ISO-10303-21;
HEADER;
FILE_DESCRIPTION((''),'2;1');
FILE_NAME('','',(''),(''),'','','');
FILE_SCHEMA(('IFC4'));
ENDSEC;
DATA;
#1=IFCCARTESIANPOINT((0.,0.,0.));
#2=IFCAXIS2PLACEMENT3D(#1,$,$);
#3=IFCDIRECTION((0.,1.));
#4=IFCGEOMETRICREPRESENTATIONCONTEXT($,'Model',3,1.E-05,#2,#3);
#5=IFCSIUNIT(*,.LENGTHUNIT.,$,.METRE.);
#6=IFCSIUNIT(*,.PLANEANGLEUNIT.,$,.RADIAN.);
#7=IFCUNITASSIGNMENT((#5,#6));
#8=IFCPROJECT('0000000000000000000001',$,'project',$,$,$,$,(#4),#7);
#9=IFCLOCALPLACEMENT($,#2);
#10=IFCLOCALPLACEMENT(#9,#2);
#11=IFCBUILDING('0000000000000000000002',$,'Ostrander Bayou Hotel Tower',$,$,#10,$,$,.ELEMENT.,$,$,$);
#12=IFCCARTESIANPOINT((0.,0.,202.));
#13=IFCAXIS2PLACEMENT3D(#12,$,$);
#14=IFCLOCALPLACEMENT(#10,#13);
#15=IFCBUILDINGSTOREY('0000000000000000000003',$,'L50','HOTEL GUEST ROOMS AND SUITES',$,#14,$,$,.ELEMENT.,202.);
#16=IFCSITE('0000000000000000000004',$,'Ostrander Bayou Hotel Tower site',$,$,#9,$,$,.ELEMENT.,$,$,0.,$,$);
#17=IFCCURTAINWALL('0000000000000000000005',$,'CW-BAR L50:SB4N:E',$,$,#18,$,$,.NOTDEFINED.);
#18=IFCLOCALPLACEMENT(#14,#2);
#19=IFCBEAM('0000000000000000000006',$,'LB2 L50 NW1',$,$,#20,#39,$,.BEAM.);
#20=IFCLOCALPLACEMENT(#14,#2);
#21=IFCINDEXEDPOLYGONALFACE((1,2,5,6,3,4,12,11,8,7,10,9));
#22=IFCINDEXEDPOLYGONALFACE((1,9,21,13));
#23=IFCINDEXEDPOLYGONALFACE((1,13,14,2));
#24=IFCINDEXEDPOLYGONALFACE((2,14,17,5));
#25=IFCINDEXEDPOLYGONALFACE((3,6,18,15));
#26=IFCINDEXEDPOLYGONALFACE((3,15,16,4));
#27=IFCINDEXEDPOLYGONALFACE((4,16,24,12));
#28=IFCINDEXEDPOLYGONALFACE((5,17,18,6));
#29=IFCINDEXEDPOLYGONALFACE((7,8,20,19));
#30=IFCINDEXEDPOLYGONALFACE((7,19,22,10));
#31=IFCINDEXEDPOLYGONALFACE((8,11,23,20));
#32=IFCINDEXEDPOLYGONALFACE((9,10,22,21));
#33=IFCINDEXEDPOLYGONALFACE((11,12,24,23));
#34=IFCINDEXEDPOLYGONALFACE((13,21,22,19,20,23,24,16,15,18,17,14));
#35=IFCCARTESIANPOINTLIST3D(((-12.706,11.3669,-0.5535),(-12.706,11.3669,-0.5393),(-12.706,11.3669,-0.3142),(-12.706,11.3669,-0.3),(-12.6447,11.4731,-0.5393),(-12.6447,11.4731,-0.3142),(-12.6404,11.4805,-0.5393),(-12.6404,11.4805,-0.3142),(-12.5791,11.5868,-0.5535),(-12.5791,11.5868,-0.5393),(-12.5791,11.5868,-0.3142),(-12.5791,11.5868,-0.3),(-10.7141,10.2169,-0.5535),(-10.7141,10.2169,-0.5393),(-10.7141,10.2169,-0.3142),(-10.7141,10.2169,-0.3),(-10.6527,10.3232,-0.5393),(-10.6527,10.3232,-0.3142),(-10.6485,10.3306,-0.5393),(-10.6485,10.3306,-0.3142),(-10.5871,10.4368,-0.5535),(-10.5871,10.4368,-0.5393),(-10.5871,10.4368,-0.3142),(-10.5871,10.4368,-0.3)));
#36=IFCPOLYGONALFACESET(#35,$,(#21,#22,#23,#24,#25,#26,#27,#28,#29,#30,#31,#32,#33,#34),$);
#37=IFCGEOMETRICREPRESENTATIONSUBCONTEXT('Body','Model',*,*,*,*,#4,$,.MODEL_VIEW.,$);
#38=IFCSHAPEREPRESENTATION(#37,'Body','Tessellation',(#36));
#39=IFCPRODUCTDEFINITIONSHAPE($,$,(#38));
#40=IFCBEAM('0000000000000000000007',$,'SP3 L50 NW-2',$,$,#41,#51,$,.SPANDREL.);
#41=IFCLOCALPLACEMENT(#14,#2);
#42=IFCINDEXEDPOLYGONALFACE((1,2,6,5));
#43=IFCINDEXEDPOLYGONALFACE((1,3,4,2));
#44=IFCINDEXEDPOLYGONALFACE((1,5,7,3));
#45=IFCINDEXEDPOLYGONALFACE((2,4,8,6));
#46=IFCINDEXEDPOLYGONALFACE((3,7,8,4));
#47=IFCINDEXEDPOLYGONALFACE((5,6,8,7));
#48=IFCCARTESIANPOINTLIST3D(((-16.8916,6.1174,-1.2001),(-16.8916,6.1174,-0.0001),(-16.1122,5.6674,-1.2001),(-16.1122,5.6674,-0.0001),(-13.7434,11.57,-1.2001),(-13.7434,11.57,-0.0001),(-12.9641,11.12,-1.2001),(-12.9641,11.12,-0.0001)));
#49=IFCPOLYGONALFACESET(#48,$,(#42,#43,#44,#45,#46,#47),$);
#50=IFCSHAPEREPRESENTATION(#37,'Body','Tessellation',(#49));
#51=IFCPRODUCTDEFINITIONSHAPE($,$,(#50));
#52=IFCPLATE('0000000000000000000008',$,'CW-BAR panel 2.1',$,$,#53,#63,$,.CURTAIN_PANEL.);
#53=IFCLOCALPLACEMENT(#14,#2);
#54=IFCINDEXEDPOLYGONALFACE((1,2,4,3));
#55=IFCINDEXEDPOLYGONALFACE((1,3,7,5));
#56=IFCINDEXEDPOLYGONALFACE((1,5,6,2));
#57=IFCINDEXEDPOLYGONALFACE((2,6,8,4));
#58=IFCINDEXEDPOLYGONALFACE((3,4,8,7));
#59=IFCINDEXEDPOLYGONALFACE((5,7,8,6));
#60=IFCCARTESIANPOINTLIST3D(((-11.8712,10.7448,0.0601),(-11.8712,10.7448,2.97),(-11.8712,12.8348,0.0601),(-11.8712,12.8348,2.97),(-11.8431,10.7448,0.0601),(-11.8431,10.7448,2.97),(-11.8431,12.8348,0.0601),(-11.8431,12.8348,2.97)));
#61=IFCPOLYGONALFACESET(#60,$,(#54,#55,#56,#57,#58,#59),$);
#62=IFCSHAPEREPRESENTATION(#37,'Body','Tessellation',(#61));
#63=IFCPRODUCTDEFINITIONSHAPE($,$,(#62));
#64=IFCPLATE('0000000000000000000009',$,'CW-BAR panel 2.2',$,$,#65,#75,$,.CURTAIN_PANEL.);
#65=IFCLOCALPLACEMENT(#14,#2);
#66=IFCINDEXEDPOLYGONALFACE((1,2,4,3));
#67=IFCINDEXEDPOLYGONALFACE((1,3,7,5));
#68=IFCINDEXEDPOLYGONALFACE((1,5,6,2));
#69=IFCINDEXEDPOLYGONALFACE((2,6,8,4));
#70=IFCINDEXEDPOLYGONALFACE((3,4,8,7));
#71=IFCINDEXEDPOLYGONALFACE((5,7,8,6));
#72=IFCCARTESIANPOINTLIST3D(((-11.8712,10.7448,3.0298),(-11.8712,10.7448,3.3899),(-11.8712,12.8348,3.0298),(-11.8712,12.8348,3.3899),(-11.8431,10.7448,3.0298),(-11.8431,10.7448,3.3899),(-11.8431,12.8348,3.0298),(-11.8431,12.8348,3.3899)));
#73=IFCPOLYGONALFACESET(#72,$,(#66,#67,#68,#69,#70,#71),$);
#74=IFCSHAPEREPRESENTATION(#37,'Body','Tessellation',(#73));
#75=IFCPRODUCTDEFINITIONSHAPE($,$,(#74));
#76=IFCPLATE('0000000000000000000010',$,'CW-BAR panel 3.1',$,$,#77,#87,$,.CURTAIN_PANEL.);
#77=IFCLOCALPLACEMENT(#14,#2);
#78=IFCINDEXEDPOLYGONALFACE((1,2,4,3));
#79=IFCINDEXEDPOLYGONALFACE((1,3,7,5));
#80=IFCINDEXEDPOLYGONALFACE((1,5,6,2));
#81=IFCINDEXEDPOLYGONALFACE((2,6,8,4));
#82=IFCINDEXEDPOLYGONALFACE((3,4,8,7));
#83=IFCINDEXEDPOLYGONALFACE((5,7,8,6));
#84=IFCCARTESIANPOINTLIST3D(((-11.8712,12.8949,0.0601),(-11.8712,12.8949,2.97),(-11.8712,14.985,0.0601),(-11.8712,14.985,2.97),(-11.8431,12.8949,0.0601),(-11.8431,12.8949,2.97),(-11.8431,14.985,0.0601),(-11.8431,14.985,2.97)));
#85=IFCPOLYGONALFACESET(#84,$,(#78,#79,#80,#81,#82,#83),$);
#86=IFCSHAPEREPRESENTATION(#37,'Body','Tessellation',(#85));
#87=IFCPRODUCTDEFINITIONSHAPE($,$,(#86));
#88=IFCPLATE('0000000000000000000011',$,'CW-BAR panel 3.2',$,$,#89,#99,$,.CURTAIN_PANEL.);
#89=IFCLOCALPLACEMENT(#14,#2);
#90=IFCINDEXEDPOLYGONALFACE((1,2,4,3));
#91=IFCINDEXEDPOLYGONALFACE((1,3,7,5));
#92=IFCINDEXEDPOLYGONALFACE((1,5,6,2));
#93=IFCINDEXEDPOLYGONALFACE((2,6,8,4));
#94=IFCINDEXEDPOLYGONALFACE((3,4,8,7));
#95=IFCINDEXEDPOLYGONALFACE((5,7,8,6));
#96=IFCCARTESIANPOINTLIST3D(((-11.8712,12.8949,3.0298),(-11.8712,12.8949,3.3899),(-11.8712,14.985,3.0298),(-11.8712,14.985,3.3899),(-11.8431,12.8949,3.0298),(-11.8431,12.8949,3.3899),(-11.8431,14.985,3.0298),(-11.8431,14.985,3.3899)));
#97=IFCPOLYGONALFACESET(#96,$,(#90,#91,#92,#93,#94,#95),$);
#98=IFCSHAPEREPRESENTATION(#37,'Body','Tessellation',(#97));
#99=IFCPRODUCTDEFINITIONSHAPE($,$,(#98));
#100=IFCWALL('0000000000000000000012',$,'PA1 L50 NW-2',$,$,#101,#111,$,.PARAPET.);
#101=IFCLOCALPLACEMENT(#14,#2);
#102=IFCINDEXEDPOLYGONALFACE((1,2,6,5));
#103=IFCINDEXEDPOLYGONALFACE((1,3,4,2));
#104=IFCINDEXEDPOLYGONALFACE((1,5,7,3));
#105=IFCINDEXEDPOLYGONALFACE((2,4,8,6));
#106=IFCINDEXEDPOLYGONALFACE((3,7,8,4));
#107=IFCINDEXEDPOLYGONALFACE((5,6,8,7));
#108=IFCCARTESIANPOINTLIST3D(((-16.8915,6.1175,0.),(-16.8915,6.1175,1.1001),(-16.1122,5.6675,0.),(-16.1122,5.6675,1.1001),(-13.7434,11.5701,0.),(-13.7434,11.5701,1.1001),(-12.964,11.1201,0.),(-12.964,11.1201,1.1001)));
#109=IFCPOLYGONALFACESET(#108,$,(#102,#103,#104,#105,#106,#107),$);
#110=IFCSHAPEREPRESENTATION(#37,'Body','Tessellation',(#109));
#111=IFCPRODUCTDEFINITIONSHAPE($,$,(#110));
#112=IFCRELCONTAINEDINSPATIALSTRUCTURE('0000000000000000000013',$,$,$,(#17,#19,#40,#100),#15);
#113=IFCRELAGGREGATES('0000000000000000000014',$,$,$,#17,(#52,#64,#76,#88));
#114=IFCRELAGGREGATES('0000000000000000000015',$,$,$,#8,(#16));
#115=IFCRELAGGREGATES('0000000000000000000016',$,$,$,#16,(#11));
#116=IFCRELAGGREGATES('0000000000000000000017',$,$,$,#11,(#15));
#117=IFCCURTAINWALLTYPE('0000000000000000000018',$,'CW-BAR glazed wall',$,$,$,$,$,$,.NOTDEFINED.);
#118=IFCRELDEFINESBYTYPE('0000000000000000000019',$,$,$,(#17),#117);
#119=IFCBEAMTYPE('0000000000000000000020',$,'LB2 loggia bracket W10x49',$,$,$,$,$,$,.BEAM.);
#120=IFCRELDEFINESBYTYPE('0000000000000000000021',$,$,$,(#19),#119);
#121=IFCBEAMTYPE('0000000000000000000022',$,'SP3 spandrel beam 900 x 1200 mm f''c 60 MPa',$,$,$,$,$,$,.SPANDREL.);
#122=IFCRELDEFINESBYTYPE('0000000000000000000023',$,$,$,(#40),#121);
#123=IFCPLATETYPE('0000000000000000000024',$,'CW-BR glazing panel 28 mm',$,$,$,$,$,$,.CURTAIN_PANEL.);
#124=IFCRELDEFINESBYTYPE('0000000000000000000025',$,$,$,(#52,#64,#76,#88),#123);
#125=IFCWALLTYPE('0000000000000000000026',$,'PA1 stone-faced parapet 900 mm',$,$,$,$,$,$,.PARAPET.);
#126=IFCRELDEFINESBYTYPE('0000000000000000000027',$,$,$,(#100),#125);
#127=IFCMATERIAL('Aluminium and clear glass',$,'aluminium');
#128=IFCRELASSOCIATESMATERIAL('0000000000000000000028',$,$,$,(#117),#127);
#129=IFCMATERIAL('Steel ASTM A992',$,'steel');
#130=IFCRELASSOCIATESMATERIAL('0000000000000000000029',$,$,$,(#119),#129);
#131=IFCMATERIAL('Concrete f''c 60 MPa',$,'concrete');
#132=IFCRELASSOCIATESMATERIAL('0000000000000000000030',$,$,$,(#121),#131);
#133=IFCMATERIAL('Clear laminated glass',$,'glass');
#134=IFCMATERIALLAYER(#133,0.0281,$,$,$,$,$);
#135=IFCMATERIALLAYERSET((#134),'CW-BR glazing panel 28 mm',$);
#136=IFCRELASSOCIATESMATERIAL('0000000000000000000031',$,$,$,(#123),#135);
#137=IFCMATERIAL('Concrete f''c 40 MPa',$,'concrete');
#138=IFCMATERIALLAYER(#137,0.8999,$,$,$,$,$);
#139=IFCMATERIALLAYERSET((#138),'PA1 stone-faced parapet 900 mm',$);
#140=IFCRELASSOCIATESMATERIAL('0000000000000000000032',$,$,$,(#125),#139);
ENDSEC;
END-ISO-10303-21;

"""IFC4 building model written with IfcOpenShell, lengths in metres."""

from ifc_helpers import new_model, si_unit, direction, frame, frame_2d, origin, origin_2d, place, context, subcontext, project, spatial, rectangle, i_section, extrude, material, layer, layer_set, material_profile, profile_set, type_object, element, aggregate, save


model = new_model("IFC4")

# Units and contexts
model_context = context("Model", 3, precision=1e-05, world=origin(), true_north=direction((0.0, 1.0)))
body_context = subcontext(model_context, "Body", "Model", "MODEL_VIEW")
ifc_project = project(units=[si_unit("LENGTHUNIT", "METRE"), si_unit("PLANEANGLEUNIT", "RADIAN")], contexts=[model_context])

# Site, building, storey
site_placement = place(None, origin())
site = spatial("IfcSite", under=ifc_project, at=site_placement, Name="Ostrander Bayou Hotel Tower site", CompositionType="ELEMENT", RefElevation=0.0)
building_placement = place(site_placement, origin())
building = spatial("IfcBuilding", under=site, at=building_placement, Name="Ostrander Bayou Hotel Tower", CompositionType="ELEMENT")
storey_placement = place(building_placement, frame((0.0, 0.0, 202.0)))
storey = spatial("IfcBuildingStorey", under=building, at=storey_placement, Name="L50", Description="HOTEL GUEST ROOMS AND SUITES", CompositionType="ELEMENT", Elevation=202.0)

# Curtain wall
ifc_material_1 = material(Name="Aluminium and clear glass", Category="aluminium")
curtain_wall_type = type_object("IfcCurtainWallType", Name="CW-BAR glazed wall", PredefinedType="NOTDEFINED", material=ifc_material_1)
curtain_wall_placement = place(storey_placement, origin())
curtain_wall = element("IfcCurtainWall", 1, at=curtain_wall_placement, inside=storey, type_object=curtain_wall_type, Name="CW-BAR L50:SB4N:E", PredefinedType="NOTDEFINED")

# Beams
ifc_material_2 = material(Name="Steel ASTM A992", Category="steel")
ifc_material_profile_1 = material_profile(ifc_material_2, i_section(OverallWidth=0.2539, OverallDepth=0.2534, WebThickness=0.0085, FlangeThickness=0.0142, at=origin_2d()))
ifc_profile_set_1 = profile_set([ifc_material_profile_1], Name="Steel ASTM A992")
beam_type_1 = type_object("IfcBeamType", Name="LB2 loggia bracket W10x49", PredefinedType="BEAM", material=ifc_profile_set_1)
beam_1_placement = place(storey_placement, frame((-12.6426, 11.4768, -0.4268), z_axis=(0.866053, -0.499952, 0.0), x_axis=(0.499952, 0.866053, 0.0)))
element("IfcBeam", 2, at=beam_1_placement, inside=storey, type_object=beam_type_1, Name="LB2 L50 NW1", PredefinedType="BEAM", context=body_context, shape_type="SweptSolid", body=[
    extrude(i_section(OverallWidth=0.2539, OverallDepth=0.2534, WebThickness=0.0085, FlangeThickness=0.0142, at=origin_2d()), origin(), (0.0, 0.0, 1.0), 2.3),
])
ifc_material_3 = material(Name="Concrete f'c 60 MPa", Category="concrete")
ifc_material_profile_2 = material_profile(ifc_material_3, rectangle(XDim=0.8999, YDim=1.2, at=origin_2d()))
ifc_profile_set_2 = profile_set([ifc_material_profile_2], Name="Concrete f'c 60 MPa")
beam_type_2 = type_object("IfcBeamType", Name="SP3 spandrel beam 900 x 1200 mm f'c 60 MPa", PredefinedType="SPANDREL", material=ifc_profile_set_2)
beam_2_placement = place(storey_placement, frame((-13.3538, 11.345, -0.6001), z_axis=(-0.500013, -0.866018, 0.0), x_axis=(0.866018, -0.500013, 0.0)))
element("IfcBeam", 3, at=beam_2_placement, inside=storey, type_object=beam_type_2, Name="SP3 L50 NW-2", PredefinedType="SPANDREL", context=body_context, shape_type="SweptSolid", body=[
    extrude(rectangle(XDim=0.8999, YDim=1.2, at=origin_2d()), origin(), (0.0, 0.0, 1.0), 6.2961),
])

# Plates
ifc_material_4 = material(Name="Clear laminated glass", Category="glass")
ifc_layer_1 = layer(ifc_material_4, 0.0281)
ifc_layer_set_1 = layer_set([ifc_layer_1], Name="CW-BR glazing panel 28 mm")
plate_type = type_object("IfcPlateType", Name="CW-BR glazing panel 28 mm", PredefinedType="CURTAIN_PANEL", material=ifc_layer_set_1)
plate_1_placement = place(storey_placement, frame((-11.8572, 11.7898, 0.0601), z_axis=(0.0, 0.0, 1.0), x_axis=(0.0, 1.0, 0.0)))
plate_1 = element("IfcPlate", 4, at=plate_1_placement, type_object=plate_type, Name="CW-BAR panel 2.1", PredefinedType="CURTAIN_PANEL", context=body_context, shape_type="SweptSolid", body=[
    extrude(rectangle(XDim=2.0901, YDim=0.0281, at=origin_2d()), origin(), (0.0, 0.0, 1.0), 2.9099),
])
plate_2_placement = place(storey_placement, frame((-11.8572, 11.7898, 3.0298), z_axis=(0.0, 0.0, 1.0), x_axis=(0.0, 1.0, 0.0)))
plate_2 = element("IfcPlate", 5, at=plate_2_placement, type_object=plate_type, Name="CW-BAR panel 2.2", PredefinedType="CURTAIN_PANEL", context=body_context, shape_type="SweptSolid", body=[
    extrude(rectangle(XDim=2.0901, YDim=0.0281, at=origin_2d()), origin(), (0.0, 0.0, 1.0), 0.3601),
])
plate_3_placement = place(storey_placement, frame((-11.8572, 13.9399, 0.0601), z_axis=(0.0, 0.0, 1.0), x_axis=(0.0, 1.0, 0.0)))
plate_3 = element("IfcPlate", 6, at=plate_3_placement, type_object=plate_type, Name="CW-BAR panel 3.1", PredefinedType="CURTAIN_PANEL", context=body_context, shape_type="SweptSolid", body=[
    extrude(rectangle(XDim=2.0901, YDim=0.0281, at=origin_2d()), origin(), (0.0, 0.0, 1.0), 2.9099),
])
plate_4_placement = place(storey_placement, frame((-11.8572, 13.9399, 3.0298), z_axis=(0.0, 0.0, 1.0), x_axis=(0.0, 1.0, 0.0)))
plate_4 = element("IfcPlate", 7, at=plate_4_placement, type_object=plate_type, Name="CW-BAR panel 3.2", PredefinedType="CURTAIN_PANEL", context=body_context, shape_type="SweptSolid", body=[
    extrude(rectangle(XDim=2.0901, YDim=0.0281, at=origin_2d()), origin(), (0.0, 0.0, 1.0), 0.3601),
])
aggregate(curtain_wall, [plate_1, plate_2, plate_3, plate_4])

# Wall
ifc_material_5 = material(Name="Concrete f'c 40 MPa", Category="concrete")
ifc_layer_2 = layer(ifc_material_5, 0.8999)
ifc_layer_set_2 = layer_set([ifc_layer_2], Name="PA1 stone-faced parapet 900 mm")
wall_type = type_object("IfcWallType", Name="PA1 stone-faced parapet 900 mm", PredefinedType="PARAPET", material=ifc_layer_set_2)
wall_placement = place(storey_placement, frame((-13.3538, 11.345, 0.0), z_axis=(0.0, 0.0, 1.0), x_axis=(-0.500013, -0.866018, 0.0)))
element("IfcWall", 8, at=wall_placement, inside=storey, type_object=wall_type, Name="PA1 L50 NW-2", PredefinedType="PARAPET", context=body_context, shape_type="SweptSolid", body=[
    extrude(rectangle(XDim=6.2961, YDim=0.8999, at=frame_2d((3.1479, 0.0))), origin(), (0.0, 0.0, 1.0), 1.1001),
])

save(model, "model.ifc")
